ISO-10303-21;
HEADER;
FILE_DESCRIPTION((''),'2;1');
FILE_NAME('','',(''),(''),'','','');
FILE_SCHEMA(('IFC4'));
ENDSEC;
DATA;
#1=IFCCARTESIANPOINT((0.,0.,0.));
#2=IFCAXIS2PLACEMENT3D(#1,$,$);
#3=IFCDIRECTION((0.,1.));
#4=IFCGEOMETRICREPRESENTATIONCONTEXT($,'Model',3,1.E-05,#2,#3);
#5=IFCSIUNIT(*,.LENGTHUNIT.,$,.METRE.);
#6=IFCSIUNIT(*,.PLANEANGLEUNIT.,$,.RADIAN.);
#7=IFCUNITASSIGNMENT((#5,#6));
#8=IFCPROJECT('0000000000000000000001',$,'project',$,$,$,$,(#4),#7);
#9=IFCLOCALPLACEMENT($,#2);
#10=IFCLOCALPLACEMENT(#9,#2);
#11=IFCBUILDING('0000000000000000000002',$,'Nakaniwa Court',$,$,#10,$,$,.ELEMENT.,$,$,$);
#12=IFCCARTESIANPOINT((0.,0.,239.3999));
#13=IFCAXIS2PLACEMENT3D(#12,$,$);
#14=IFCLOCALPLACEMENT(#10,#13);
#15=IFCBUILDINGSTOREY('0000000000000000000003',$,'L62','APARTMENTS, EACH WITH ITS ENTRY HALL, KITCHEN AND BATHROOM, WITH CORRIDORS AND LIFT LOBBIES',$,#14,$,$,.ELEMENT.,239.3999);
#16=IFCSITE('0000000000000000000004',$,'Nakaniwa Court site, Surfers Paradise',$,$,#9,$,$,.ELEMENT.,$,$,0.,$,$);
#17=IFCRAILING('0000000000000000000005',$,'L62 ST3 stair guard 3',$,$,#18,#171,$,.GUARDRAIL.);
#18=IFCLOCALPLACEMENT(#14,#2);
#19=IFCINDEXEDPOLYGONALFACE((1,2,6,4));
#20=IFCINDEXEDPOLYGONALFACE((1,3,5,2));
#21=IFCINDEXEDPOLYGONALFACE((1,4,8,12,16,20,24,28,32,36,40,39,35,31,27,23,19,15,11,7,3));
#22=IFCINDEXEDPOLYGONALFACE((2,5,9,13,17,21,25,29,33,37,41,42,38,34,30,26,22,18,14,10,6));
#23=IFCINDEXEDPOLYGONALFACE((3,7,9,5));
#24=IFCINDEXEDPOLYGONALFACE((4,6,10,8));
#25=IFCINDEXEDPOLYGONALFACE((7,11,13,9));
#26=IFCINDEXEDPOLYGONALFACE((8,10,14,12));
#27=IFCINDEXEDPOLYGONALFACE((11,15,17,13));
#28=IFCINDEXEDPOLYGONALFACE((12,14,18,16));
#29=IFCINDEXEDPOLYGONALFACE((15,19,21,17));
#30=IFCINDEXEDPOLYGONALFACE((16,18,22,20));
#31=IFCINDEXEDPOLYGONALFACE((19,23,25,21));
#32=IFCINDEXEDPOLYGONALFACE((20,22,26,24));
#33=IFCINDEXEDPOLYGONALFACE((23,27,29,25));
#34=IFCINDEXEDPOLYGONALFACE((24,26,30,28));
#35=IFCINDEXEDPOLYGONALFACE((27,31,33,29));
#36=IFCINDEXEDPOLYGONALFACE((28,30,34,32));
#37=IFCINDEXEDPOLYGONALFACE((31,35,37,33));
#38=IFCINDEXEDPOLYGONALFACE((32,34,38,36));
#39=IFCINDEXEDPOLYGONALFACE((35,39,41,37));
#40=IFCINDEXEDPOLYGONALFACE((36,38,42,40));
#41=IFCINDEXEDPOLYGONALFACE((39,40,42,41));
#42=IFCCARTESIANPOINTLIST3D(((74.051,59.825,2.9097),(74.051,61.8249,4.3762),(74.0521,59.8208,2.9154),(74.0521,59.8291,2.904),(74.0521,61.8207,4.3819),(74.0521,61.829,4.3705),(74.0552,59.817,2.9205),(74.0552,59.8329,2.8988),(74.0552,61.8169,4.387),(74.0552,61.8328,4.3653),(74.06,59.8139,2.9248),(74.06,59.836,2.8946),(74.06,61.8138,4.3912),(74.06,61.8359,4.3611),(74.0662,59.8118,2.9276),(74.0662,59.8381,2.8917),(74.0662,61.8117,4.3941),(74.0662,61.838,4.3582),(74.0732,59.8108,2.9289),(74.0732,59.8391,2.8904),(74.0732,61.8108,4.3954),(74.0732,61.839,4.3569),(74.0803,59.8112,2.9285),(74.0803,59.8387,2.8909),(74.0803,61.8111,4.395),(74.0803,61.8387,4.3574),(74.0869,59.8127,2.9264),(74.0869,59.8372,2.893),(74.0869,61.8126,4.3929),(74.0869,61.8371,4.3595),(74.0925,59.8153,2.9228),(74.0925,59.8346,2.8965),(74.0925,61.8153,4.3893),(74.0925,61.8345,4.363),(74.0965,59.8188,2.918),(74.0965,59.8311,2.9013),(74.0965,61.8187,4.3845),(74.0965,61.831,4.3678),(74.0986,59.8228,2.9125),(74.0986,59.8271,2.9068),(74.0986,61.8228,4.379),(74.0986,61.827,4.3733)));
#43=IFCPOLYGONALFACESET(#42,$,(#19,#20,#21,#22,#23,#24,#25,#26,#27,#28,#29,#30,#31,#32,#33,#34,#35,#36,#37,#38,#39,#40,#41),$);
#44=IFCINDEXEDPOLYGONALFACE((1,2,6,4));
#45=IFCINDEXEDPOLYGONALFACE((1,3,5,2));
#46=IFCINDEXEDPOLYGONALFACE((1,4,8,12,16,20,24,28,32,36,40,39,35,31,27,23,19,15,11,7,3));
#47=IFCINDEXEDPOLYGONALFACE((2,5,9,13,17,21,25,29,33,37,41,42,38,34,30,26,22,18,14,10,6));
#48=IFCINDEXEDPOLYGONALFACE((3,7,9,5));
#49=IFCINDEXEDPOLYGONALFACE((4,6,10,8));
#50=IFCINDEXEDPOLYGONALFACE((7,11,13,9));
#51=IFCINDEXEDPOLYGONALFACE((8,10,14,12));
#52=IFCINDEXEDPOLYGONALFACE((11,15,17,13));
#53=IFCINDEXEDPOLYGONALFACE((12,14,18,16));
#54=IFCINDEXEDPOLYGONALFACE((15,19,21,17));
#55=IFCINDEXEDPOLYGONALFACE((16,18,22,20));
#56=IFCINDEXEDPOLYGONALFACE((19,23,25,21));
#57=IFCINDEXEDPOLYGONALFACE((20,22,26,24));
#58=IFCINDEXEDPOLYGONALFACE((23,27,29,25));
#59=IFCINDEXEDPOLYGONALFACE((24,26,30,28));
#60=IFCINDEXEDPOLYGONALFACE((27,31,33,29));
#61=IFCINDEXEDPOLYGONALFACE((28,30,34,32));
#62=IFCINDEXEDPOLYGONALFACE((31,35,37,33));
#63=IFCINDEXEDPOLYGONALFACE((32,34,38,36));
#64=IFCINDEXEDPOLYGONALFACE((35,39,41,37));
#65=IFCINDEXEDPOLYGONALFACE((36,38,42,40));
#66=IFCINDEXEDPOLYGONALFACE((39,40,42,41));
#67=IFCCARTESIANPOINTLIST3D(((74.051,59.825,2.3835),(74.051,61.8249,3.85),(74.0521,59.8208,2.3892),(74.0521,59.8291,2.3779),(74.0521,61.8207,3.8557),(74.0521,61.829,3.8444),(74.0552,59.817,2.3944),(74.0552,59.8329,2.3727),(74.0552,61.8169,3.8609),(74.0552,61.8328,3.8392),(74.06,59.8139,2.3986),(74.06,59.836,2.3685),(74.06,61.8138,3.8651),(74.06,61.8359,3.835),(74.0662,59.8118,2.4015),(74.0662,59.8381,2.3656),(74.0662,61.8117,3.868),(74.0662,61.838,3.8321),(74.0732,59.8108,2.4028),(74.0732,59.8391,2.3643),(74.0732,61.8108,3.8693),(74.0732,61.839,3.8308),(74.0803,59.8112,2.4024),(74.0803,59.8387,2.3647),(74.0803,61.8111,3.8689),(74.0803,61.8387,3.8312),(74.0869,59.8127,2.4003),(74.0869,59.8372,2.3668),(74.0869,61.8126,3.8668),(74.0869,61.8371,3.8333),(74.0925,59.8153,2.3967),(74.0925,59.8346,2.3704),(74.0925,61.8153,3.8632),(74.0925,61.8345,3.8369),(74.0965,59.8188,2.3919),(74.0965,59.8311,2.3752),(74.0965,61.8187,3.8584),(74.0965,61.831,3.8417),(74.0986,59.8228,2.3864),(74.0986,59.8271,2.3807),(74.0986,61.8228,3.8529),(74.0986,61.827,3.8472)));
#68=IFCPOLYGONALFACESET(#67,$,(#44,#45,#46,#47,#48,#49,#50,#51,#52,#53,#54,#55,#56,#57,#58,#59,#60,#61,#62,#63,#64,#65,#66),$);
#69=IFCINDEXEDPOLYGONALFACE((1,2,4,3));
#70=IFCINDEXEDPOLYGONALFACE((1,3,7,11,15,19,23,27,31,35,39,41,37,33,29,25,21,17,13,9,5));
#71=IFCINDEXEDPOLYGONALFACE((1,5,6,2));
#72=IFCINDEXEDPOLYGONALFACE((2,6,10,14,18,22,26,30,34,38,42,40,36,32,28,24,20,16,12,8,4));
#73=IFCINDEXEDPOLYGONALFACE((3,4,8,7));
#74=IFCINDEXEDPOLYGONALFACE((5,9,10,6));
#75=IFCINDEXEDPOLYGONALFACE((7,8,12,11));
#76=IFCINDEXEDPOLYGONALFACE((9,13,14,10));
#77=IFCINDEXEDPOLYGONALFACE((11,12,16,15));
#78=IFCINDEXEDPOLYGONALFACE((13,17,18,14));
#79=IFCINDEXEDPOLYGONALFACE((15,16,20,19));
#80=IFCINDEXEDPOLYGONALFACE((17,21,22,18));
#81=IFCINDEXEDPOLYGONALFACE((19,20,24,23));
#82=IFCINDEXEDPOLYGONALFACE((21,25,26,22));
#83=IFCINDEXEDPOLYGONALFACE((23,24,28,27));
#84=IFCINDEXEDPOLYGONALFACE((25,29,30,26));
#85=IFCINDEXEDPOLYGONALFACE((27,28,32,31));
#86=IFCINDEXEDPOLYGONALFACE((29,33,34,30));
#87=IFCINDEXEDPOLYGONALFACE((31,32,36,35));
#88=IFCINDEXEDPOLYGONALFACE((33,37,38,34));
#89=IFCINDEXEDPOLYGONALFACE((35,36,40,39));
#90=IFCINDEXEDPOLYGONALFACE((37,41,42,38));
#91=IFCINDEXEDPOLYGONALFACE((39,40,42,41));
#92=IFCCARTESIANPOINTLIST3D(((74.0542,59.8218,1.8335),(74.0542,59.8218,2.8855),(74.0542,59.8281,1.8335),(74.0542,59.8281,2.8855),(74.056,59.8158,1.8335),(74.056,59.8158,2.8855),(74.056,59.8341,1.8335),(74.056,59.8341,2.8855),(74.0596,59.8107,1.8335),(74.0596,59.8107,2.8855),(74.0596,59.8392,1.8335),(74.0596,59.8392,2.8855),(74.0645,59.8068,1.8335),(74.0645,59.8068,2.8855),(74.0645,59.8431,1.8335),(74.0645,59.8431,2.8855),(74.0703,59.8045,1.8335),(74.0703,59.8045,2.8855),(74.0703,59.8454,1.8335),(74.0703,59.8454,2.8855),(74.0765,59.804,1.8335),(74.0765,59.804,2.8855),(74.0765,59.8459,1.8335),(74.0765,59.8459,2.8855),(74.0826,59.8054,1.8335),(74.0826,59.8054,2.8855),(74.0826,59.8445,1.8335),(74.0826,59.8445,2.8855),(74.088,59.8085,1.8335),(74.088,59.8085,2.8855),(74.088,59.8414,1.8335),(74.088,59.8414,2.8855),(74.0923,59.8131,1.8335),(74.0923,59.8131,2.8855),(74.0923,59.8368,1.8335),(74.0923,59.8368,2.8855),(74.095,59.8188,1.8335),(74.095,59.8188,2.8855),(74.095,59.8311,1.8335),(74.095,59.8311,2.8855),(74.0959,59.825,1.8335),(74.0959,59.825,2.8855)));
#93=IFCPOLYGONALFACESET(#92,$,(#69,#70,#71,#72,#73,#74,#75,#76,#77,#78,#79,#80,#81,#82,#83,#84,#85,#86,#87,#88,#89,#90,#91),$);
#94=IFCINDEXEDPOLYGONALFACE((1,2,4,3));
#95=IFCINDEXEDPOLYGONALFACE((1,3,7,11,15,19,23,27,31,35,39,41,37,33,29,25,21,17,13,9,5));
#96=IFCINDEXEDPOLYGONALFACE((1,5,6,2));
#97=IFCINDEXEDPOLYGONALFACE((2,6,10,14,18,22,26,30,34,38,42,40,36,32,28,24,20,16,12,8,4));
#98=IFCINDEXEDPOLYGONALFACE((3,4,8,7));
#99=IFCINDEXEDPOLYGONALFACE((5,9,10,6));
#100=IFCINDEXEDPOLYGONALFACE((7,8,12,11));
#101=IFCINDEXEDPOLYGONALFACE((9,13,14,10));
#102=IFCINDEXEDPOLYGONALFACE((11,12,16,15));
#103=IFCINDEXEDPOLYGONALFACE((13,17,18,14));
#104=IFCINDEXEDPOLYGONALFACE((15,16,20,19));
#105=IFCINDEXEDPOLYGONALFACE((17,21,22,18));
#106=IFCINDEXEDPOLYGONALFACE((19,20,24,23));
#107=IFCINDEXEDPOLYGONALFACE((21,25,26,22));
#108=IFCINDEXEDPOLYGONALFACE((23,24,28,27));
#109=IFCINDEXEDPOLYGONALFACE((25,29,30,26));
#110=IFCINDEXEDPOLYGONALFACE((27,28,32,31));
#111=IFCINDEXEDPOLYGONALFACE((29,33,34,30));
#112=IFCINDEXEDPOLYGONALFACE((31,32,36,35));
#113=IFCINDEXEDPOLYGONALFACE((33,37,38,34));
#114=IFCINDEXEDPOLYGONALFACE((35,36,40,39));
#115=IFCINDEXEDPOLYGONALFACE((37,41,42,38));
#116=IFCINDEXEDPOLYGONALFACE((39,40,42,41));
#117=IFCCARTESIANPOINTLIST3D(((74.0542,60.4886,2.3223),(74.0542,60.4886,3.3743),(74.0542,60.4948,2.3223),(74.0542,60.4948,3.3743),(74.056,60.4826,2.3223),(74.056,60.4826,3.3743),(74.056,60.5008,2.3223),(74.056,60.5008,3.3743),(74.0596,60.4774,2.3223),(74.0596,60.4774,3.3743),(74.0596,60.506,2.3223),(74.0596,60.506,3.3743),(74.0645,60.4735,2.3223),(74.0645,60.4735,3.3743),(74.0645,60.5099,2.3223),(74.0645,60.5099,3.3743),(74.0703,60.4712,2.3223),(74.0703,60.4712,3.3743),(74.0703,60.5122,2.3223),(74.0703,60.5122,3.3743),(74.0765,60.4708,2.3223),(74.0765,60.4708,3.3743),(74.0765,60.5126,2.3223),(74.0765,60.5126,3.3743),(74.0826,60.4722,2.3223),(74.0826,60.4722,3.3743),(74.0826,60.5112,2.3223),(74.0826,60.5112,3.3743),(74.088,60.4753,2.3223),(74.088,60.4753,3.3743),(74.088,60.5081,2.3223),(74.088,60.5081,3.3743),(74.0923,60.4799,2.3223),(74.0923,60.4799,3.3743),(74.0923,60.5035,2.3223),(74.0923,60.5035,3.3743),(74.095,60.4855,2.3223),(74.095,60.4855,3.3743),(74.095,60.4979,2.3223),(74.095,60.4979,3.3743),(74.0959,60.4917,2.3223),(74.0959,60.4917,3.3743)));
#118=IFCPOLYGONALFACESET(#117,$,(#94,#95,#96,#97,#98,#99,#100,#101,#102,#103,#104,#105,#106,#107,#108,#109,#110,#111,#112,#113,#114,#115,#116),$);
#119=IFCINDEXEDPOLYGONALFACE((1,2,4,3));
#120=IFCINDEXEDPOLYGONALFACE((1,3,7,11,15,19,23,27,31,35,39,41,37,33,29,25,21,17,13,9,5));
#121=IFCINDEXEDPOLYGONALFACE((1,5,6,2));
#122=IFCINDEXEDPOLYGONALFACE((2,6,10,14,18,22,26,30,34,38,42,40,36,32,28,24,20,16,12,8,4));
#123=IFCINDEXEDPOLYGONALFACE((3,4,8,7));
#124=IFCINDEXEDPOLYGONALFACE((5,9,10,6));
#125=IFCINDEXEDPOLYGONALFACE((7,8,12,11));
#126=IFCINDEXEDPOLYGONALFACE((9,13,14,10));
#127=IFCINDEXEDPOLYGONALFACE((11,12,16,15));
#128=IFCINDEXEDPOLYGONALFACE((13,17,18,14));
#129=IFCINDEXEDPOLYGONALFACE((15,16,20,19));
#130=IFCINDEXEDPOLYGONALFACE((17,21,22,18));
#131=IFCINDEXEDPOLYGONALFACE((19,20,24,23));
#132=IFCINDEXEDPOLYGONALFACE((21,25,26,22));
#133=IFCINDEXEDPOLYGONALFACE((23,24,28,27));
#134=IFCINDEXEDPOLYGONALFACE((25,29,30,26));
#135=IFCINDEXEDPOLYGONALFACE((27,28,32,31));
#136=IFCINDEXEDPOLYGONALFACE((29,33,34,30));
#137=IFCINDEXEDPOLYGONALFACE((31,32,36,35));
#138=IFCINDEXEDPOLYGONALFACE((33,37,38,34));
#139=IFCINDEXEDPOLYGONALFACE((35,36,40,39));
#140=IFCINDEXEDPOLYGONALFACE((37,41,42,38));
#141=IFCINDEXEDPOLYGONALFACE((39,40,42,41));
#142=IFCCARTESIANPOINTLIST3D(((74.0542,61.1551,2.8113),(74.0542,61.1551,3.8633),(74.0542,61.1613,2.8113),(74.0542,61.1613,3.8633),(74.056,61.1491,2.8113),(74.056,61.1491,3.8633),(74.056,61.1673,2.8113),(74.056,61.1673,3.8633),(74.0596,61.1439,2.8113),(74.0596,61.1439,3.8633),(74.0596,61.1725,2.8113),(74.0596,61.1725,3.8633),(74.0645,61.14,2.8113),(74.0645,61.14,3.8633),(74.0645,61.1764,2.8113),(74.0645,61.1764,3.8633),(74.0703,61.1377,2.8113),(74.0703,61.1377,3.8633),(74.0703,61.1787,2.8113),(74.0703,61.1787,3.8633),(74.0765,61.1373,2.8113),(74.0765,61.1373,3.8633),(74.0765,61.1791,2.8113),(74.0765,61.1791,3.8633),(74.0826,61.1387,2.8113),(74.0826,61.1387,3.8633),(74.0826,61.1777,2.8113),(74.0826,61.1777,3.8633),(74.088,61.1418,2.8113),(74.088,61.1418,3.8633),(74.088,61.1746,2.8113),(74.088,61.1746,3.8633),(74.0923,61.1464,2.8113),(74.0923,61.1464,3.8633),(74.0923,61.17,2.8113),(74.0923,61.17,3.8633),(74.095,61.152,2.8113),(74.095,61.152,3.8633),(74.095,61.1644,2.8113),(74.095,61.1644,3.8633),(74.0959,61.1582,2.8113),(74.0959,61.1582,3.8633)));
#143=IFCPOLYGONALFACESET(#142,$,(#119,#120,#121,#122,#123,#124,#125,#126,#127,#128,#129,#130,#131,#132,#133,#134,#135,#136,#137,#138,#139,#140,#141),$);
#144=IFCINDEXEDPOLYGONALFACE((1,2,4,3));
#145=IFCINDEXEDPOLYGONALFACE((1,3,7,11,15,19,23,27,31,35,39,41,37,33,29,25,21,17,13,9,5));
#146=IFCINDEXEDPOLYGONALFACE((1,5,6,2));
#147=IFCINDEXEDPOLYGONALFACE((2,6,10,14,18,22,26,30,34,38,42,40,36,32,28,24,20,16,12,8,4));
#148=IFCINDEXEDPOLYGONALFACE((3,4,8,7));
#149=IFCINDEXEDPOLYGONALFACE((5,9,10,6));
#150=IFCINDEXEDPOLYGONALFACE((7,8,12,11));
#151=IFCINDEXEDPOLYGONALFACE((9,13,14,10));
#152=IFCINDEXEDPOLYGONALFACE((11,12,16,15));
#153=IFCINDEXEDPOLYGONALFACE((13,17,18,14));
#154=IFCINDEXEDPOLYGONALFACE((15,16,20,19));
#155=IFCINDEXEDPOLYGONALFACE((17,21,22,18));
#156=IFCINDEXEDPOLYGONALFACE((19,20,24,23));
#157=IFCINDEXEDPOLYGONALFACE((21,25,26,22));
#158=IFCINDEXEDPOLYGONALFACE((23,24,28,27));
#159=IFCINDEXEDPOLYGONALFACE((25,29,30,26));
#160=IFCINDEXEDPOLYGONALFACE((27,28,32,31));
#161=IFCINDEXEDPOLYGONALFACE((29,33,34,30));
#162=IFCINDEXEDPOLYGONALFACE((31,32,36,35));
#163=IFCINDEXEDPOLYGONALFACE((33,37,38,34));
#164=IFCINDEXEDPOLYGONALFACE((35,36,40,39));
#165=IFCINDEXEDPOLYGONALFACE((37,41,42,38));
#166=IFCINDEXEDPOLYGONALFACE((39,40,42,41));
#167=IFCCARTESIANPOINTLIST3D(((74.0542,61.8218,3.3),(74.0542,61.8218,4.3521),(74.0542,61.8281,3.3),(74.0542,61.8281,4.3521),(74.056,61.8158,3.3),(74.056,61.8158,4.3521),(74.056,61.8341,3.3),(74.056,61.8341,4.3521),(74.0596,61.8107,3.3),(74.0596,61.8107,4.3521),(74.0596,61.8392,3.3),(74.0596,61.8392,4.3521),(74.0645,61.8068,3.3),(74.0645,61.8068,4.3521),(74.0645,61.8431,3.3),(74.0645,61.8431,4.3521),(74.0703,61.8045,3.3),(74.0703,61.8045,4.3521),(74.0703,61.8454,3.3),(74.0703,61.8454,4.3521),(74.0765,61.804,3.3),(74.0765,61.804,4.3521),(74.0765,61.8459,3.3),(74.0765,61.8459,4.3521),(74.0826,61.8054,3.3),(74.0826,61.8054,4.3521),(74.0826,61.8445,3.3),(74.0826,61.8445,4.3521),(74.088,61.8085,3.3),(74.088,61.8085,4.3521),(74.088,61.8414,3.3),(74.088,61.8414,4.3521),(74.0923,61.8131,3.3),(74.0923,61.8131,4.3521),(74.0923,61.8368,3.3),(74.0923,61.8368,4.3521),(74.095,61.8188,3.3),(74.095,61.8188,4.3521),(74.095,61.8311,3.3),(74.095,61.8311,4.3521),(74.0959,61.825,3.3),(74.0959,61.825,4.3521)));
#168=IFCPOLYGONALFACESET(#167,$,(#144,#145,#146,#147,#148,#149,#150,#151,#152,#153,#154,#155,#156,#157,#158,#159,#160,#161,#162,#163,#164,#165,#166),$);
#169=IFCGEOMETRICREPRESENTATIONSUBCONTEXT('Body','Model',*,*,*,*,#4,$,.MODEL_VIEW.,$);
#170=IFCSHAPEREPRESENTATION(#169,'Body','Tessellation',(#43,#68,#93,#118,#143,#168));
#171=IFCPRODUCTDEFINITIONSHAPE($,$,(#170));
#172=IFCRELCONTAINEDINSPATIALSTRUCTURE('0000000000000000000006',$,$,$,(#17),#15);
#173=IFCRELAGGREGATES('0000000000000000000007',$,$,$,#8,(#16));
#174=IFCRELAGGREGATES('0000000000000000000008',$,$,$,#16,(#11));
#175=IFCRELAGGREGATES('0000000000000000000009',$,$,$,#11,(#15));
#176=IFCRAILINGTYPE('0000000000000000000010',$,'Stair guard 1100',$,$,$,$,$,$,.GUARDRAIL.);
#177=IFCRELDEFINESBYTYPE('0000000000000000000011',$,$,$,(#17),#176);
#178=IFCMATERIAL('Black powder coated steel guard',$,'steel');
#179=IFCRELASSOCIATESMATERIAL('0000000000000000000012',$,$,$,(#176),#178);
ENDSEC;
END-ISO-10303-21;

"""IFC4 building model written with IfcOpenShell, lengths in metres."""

from ifc_helpers import new_model, si_unit, direction, frame, origin, origin_2d, place, context, subcontext, project, spatial, circle, extrude, material, type_object, element, save


model = new_model("IFC4")

# Units and contexts
model_context = context("Model", 3, precision=1e-05, world=origin(), true_north=direction((0.0, 1.0)))
body_context = subcontext(model_context, "Body", "Model", "MODEL_VIEW")
ifc_project = project(units=[si_unit("LENGTHUNIT", "METRE"), si_unit("PLANEANGLEUNIT", "RADIAN")], contexts=[model_context])

# Site, building, storey
site_placement = place(None, origin())
site = spatial("IfcSite", under=ifc_project, at=site_placement, Name="Nakaniwa Court site, Surfers Paradise", CompositionType="ELEMENT", RefElevation=0.0)
building_placement = place(site_placement, origin())
building = spatial("IfcBuilding", under=site, at=building_placement, Name="Nakaniwa Court", CompositionType="ELEMENT")
storey_placement = place(building_placement, frame((0.0, 0.0, 239.3999)))
storey = spatial("IfcBuildingStorey", under=building, at=storey_placement, Name="L62", Description="APARTMENTS, EACH WITH ITS ENTRY HALL, KITCHEN AND BATHROOM, WITH CORRIDORS AND LIFT LOBBIES", CompositionType="ELEMENT", Elevation=239.3999)

# Railing
ifc_material_1 = material(Name="Black powder coated steel guard", Category="steel")
railing_type_1 = type_object("IfcRailingType", Name="Stair guard 1100", PredefinedType="GUARDRAIL", material=ifc_material_1)
railing_1_placement = place(storey_placement, frame((74.075, 59.825, 1.8335)))
element("IfcRailing", 1, at=railing_1_placement, inside=storey, type_object=railing_type_1, Name="L62 ST3 stair guard 3", PredefinedType="GUARDRAIL", context=body_context, shape_type="SweptSolid", body=[
    extrude(circle(Radius=0.0239, at=origin_2d()), frame((0.0, 0.0, 1.0762), z_axis=(0.0, 0.806427, 0.591334), x_axis=(-1.0, 0.0, 0.0)), (0.0, 0.0, 1.0), 2.48),
    extrude(circle(Radius=0.0239, at=origin_2d()), frame((0.0, 0.0, 0.55), z_axis=(0.0, 0.806427, 0.591334), x_axis=(-1.0, 0.0, 0.0)), (0.0, 0.0, 1.0), 2.48),
    extrude(circle(Radius=0.021, at=origin_2d()), origin(), (0.0, 0.0, 1.0), 1.052),
    extrude(circle(Radius=0.021, at=origin_2d()), frame((0.0, 0.6667, 0.4888)), (0.0, 0.0, 1.0), 1.052),
    extrude(circle(Radius=0.021, at=origin_2d()), frame((0.0, 1.3333, 0.9778)), (0.0, 0.0, 1.0), 1.052),
    extrude(circle(Radius=0.021, at=origin_2d()), frame((0.0, 2.0, 1.4666)), (0.0, 0.0, 1.0), 1.052),
])

save(model, "model.ifc")
